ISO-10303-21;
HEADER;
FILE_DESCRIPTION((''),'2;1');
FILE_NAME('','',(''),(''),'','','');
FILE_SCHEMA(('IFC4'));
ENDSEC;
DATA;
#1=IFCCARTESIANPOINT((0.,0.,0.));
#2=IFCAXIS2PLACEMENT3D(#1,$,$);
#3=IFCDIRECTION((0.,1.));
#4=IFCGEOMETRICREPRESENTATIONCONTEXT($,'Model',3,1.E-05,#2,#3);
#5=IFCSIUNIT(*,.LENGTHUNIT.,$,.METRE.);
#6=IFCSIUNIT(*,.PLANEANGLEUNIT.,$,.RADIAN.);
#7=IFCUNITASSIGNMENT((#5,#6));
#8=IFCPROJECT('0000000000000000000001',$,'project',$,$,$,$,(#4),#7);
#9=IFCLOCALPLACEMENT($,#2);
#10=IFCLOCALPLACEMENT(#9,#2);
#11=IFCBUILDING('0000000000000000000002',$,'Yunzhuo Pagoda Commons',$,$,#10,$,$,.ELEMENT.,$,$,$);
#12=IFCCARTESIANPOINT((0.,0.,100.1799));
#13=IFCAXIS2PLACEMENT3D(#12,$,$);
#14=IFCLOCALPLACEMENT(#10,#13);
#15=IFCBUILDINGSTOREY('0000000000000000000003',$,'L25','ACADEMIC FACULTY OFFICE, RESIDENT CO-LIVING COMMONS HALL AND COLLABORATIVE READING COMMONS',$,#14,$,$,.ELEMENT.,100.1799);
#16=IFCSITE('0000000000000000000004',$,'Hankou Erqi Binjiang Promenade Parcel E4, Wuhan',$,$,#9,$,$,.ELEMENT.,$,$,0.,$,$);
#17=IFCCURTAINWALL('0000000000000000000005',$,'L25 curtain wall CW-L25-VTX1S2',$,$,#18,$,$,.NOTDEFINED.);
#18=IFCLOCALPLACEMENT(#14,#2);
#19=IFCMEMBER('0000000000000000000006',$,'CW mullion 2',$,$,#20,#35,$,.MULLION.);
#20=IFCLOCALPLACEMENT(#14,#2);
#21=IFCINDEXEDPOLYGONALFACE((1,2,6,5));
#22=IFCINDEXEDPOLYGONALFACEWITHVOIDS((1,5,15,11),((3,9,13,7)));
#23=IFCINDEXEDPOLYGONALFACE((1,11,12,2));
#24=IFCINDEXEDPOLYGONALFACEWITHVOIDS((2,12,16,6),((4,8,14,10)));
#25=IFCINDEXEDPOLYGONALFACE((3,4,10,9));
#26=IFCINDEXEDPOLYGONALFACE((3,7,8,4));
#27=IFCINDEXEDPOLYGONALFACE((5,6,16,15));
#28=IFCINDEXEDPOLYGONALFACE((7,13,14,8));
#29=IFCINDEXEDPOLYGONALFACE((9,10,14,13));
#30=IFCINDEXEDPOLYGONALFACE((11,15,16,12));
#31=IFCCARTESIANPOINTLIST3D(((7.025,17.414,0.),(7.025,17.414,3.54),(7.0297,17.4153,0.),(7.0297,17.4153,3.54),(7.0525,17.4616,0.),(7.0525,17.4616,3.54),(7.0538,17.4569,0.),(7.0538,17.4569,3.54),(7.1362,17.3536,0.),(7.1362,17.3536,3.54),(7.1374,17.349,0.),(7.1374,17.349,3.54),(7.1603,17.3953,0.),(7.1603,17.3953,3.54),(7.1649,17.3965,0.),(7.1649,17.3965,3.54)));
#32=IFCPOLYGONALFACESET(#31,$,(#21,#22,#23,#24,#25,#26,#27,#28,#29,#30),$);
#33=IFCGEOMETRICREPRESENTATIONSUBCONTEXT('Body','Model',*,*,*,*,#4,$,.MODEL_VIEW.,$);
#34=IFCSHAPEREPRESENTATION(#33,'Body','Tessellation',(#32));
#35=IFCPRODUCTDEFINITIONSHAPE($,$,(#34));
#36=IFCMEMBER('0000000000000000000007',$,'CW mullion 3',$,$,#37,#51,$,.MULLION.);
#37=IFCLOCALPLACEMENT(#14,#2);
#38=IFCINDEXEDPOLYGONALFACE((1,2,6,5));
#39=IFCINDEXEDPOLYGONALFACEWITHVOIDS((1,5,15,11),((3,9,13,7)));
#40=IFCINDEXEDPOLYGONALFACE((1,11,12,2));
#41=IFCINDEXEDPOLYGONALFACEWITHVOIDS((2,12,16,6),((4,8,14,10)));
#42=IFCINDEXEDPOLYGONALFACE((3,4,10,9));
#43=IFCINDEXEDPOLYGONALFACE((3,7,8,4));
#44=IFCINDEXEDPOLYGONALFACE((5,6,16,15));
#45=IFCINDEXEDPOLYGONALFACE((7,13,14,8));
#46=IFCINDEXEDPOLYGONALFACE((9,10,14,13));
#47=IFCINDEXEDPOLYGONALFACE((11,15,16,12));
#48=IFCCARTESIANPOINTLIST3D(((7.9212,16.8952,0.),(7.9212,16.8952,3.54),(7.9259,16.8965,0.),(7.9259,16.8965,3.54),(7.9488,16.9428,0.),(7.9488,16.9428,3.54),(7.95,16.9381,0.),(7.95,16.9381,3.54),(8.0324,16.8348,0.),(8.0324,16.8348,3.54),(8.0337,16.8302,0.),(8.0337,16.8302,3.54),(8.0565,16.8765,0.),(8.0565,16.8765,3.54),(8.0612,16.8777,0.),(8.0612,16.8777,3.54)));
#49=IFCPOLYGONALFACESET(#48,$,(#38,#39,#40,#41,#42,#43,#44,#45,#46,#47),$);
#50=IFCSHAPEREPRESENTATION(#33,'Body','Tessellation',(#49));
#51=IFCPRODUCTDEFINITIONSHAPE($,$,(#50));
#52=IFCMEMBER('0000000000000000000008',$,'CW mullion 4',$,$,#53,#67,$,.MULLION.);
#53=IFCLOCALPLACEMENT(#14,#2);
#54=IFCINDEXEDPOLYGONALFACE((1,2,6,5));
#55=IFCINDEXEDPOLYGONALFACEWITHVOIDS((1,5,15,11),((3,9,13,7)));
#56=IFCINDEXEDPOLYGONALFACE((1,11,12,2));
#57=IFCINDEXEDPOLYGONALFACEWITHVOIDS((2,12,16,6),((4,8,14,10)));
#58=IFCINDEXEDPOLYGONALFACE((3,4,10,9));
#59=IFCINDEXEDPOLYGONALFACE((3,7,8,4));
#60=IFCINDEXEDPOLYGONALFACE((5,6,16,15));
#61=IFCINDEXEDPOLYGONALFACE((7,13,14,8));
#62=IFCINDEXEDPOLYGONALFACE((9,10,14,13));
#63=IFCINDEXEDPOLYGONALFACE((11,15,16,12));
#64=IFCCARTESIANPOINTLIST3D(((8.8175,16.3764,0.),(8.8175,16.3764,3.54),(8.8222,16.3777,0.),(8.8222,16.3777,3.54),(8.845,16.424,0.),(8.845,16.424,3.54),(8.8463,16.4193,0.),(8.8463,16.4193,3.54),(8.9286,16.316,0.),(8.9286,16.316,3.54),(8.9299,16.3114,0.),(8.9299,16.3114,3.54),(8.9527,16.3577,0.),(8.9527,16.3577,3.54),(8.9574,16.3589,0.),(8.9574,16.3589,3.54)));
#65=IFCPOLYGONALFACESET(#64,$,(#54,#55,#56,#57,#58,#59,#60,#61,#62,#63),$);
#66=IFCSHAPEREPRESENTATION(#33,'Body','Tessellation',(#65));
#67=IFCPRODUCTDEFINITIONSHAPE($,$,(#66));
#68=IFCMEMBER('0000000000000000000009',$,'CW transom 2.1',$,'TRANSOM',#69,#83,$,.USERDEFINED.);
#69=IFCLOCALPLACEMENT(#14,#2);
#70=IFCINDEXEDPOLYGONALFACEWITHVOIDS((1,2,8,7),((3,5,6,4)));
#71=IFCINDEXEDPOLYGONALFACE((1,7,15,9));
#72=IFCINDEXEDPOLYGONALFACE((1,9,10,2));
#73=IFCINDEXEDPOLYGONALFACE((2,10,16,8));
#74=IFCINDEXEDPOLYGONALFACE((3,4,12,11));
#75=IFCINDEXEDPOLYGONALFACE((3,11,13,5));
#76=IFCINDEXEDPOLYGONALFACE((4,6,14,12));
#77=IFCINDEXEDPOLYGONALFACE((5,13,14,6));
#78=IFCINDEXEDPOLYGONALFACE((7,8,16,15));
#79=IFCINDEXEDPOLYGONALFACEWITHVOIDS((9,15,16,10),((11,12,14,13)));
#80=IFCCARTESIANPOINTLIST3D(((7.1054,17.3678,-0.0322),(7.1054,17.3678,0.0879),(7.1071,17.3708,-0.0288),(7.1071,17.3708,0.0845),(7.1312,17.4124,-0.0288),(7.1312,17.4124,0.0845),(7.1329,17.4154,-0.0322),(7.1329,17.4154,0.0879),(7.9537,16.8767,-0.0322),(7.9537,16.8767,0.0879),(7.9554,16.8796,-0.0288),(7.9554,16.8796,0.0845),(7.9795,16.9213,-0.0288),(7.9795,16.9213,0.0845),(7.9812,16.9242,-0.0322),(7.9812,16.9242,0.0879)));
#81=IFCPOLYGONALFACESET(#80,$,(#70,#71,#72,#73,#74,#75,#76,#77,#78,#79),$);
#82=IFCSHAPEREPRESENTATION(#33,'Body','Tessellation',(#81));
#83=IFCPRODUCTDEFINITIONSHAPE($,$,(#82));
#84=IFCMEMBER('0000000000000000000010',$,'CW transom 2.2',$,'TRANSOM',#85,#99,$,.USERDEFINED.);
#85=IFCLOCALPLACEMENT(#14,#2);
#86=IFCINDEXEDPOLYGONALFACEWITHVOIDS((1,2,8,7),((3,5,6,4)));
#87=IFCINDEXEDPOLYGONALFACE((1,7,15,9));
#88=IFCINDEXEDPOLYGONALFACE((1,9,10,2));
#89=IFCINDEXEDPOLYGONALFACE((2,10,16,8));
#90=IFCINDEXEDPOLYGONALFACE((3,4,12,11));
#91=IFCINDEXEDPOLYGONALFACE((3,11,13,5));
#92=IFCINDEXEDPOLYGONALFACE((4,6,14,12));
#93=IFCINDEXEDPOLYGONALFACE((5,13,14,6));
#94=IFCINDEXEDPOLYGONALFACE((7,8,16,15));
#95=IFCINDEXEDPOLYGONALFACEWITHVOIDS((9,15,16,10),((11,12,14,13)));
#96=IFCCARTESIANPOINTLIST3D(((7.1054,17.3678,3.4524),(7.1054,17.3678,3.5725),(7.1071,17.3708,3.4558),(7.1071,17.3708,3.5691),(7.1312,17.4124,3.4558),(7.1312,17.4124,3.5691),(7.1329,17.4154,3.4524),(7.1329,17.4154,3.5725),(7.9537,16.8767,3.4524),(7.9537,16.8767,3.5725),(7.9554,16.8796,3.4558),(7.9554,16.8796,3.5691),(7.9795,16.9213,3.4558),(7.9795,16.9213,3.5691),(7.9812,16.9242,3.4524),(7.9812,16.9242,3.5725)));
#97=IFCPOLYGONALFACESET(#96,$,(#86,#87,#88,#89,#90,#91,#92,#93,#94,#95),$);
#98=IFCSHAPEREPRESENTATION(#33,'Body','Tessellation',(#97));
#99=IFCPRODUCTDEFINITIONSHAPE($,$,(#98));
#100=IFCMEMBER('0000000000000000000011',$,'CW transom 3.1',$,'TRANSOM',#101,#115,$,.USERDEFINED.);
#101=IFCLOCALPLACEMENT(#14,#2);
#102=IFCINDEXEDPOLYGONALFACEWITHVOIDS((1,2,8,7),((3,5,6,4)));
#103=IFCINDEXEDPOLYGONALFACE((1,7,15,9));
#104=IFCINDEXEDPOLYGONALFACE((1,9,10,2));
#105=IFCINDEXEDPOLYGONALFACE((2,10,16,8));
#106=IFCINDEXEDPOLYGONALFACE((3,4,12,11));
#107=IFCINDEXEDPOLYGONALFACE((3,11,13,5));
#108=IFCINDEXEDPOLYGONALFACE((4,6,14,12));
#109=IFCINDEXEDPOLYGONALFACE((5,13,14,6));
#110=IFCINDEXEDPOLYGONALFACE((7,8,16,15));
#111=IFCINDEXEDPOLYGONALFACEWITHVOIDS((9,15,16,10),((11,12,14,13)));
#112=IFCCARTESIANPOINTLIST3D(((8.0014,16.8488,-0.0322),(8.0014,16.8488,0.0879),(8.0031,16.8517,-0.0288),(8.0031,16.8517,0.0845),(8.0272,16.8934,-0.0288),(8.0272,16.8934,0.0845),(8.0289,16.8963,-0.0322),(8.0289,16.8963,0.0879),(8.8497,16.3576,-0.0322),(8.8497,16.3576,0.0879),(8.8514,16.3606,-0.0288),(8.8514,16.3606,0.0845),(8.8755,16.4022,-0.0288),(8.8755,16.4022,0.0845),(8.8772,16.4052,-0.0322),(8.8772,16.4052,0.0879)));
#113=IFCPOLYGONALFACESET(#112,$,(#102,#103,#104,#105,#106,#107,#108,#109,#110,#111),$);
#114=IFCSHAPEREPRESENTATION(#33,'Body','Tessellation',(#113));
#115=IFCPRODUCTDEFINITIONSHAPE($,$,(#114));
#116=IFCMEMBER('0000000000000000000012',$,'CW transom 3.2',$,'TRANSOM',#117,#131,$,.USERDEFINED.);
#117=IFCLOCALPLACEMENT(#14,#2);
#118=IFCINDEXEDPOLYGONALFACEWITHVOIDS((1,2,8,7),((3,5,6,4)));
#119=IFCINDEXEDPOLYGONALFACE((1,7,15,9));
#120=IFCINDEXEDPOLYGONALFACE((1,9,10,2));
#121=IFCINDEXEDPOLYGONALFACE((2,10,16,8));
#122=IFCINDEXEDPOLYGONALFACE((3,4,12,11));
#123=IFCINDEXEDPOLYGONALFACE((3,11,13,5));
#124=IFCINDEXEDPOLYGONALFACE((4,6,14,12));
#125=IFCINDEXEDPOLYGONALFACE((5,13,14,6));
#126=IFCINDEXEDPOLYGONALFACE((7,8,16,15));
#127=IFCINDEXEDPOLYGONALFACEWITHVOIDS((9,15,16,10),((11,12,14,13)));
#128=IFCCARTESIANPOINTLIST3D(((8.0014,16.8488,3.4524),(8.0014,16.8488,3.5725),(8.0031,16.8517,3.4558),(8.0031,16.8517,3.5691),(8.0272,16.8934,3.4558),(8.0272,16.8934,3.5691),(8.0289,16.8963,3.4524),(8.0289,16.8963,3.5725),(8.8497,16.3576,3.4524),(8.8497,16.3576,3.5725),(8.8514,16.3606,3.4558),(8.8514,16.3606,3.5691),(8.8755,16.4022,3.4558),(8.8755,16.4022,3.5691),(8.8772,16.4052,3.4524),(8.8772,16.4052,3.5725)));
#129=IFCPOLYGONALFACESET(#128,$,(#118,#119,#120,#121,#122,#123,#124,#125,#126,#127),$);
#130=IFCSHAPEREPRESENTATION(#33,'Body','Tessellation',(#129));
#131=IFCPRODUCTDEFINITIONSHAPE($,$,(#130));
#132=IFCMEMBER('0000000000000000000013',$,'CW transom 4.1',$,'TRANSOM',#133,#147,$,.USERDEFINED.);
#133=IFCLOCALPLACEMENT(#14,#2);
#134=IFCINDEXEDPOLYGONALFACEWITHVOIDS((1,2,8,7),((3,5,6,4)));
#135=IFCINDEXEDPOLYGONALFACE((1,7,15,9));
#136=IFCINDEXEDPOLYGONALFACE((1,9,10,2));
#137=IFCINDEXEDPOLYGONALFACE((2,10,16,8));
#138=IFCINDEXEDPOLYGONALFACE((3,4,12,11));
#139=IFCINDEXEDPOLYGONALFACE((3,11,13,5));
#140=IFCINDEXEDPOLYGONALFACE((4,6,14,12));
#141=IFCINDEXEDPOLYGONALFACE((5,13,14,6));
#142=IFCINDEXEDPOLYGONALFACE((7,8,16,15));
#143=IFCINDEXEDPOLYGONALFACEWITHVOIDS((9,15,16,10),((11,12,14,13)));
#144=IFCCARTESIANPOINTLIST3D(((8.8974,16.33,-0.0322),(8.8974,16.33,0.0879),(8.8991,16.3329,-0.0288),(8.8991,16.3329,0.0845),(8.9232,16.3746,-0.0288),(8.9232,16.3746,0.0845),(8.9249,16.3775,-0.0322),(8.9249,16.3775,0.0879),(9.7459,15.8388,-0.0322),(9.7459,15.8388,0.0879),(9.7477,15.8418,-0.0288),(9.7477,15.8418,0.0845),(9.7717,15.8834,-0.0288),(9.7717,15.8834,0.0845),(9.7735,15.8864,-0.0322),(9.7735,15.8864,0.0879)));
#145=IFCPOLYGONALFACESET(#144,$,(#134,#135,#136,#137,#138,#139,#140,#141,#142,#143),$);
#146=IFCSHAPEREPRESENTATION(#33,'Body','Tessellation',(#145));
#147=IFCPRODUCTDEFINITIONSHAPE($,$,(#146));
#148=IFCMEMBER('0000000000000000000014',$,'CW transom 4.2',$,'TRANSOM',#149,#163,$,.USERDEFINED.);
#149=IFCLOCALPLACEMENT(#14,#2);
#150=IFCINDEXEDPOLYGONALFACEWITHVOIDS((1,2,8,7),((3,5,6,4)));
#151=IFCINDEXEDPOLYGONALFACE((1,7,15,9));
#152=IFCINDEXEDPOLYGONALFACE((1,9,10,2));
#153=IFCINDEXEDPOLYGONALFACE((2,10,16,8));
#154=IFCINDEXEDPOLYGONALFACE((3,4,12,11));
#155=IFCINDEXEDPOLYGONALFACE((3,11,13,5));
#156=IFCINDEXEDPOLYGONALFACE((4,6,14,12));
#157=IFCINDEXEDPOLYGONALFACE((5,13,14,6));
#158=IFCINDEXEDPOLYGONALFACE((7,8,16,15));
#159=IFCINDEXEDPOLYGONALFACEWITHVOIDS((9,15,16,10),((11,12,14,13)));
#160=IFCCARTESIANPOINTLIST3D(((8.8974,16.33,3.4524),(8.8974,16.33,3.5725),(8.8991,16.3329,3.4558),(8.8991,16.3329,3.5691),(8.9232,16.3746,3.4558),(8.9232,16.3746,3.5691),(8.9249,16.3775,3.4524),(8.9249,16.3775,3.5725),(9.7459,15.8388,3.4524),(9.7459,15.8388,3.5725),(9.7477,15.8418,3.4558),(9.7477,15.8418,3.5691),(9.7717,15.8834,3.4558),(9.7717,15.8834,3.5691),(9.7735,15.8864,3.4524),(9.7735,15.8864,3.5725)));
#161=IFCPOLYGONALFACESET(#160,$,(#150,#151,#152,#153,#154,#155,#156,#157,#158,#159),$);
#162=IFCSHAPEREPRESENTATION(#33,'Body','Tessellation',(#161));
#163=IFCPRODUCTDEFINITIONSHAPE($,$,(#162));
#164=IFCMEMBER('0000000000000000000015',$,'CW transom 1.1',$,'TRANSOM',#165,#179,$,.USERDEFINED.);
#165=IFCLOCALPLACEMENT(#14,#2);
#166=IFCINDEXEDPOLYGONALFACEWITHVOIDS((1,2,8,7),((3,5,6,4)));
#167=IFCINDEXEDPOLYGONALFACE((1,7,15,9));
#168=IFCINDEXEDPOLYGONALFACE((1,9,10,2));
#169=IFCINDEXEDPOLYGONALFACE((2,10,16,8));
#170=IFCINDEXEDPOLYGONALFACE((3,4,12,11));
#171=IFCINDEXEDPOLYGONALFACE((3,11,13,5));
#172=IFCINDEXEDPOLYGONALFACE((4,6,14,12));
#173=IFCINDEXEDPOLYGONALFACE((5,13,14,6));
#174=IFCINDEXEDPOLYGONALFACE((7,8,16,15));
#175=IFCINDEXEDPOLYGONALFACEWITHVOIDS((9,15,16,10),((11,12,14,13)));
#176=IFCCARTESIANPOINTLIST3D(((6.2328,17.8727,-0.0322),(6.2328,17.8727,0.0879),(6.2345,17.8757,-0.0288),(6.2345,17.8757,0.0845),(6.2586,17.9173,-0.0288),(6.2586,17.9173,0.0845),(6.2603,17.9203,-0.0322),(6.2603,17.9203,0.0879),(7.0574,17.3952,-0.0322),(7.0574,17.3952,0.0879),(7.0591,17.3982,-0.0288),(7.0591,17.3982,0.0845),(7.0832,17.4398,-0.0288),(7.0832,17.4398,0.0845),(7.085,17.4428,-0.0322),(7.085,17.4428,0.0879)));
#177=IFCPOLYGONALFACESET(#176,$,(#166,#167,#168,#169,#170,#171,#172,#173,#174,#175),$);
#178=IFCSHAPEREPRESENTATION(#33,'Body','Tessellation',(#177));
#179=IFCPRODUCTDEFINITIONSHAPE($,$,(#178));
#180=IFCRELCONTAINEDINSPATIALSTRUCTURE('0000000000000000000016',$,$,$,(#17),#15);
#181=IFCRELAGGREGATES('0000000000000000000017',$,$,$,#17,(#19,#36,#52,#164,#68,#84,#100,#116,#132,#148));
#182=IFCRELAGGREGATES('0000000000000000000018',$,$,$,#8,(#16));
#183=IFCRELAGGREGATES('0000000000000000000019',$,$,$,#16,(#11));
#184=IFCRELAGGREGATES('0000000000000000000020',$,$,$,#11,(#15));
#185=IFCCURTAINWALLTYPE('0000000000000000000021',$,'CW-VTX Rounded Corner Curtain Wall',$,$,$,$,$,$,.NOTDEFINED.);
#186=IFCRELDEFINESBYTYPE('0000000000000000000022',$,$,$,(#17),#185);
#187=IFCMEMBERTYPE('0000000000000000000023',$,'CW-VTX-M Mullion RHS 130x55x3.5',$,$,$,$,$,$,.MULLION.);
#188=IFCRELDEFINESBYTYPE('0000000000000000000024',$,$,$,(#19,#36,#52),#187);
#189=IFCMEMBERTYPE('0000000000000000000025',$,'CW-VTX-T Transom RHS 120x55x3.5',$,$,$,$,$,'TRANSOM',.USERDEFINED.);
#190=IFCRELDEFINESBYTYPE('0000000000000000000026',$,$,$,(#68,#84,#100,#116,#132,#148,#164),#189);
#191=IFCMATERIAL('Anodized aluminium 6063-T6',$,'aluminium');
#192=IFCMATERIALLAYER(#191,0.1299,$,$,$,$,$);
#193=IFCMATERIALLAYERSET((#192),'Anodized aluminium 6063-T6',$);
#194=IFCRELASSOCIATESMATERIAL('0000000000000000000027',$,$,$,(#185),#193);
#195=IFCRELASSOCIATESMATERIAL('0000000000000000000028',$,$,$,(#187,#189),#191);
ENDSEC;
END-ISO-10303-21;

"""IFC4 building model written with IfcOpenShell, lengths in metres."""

from ifc_helpers import new_model, si_unit, direction, frame, origin, origin_2d, place, context, subcontext, project, spatial, hollow_rectangle, extrude, source, transform, mapped, material, layer, layer_set, material_profile, profile_set, type_object, element, aggregate, save


model = new_model("IFC4")

# Units and contexts
model_context = context("Model", 3, precision=1e-05, world=origin(), true_north=direction((0.0, 1.0)))
body_context = subcontext(model_context, "Body", "Model", "MODEL_VIEW")
ifc_project = project(units=[si_unit("LENGTHUNIT", "METRE"), si_unit("PLANEANGLEUNIT", "RADIAN")], contexts=[model_context])

# Site, building, storey
site_placement = place(None, origin())
site = spatial("IfcSite", under=ifc_project, at=site_placement, Name="Hankou Erqi Binjiang Promenade Parcel E4, Wuhan", CompositionType="ELEMENT", RefElevation=0.0)
building_placement = place(site_placement, origin())
building = spatial("IfcBuilding", under=site, at=building_placement, Name="Yunzhuo Pagoda Commons", CompositionType="ELEMENT")
storey_placement = place(building_placement, frame((0.0, 0.0, 100.1799)))
storey = spatial("IfcBuildingStorey", under=building, at=storey_placement, Name="L25", Description="ACADEMIC FACULTY OFFICE, RESIDENT CO-LIVING COMMONS HALL AND COLLABORATIVE READING COMMONS", CompositionType="ELEMENT", Elevation=100.1799)

# Curtain wall, members
ifc_material_1 = material(Name="Anodized aluminium 6063-T6", Category="aluminium")
ifc_layer_1 = layer(ifc_material_1, 0.1299)
ifc_layer_set_1 = layer_set([ifc_layer_1], Name="Anodized aluminium 6063-T6")
curtain_wall_type = type_object("IfcCurtainWallType", Name="CW-VTX Rounded Corner Curtain Wall", PredefinedType="NOTDEFINED", material=ifc_layer_set_1)
curtain_wall_1_placement = place(storey_placement, origin())
curtain_wall_1 = element("IfcCurtainWall", 1, at=curtain_wall_1_placement, inside=storey, type_object=curtain_wall_type, Name="L25 curtain wall CW-L25-VTX1S2", PredefinedType="NOTDEFINED")
ifc_material_profile_1 = material_profile(ifc_material_1, hollow_rectangle(XDim=0.0549, YDim=0.1299, WallThickness=0.0034, at=origin_2d()), Name="Anodized aluminium 6063-T6")
ifc_profile_set_1 = profile_set([ifc_material_profile_1], Name="Anodized aluminium 6063-T6")
member_type_1 = type_object("IfcMemberType", Name="CW-VTX-M Mullion RHS 130x55x3.5", PredefinedType="MULLION", material=ifc_profile_set_1)
shared_shape_1 = source(origin(), body_context, "Body", "SweptSolid", [
    extrude(hollow_rectangle(XDim=0.0549, YDim=0.1299, WallThickness=0.0034, at=origin_2d()), origin(), (0.0, 0.0, 1.0), 3.54),
])
member_1_placement = place(storey_placement, frame((7.095, 17.4053, 0.0), z_axis=(0.0, 0.0, 1.0), x_axis=(0.501036, 0.865427, 0.0)))
member_1 = element("IfcMember", 2, at=member_1_placement, type_object=member_type_1, Name="CW mullion 2", PredefinedType="MULLION", context=body_context, shape_type="MappedRepresentation", body=[
    mapped(shared_shape_1, transform((0.0, 0.0, 0.0), scale=1.0)),
])
member_2_placement = place(storey_placement, frame((7.9912, 16.8865, 0.0), z_axis=(0.0, 0.0, 1.0), x_axis=(0.501036, 0.865427, 0.0)))
member_2 = element("IfcMember", 3, at=member_2_placement, type_object=member_type_1, Name="CW mullion 3", PredefinedType="MULLION", context=body_context, shape_type="MappedRepresentation", body=[
    mapped(shared_shape_1, transform((0.0, 0.0, 0.0), scale=1.0)),
])
member_3_placement = place(storey_placement, frame((8.8875, 16.3677, 0.0), z_axis=(0.0, 0.0, 1.0), x_axis=(0.501036, 0.865427, 0.0)))
member_3 = element("IfcMember", 4, at=member_3_placement, type_object=member_type_1, Name="CW mullion 4", PredefinedType="MULLION", context=body_context, shape_type="MappedRepresentation", body=[
    mapped(shared_shape_1, transform((0.0, 0.0, 0.0), scale=1.0)),
])
ifc_material_profile_2 = material_profile(ifc_material_1, hollow_rectangle(XDim=0.0549, YDim=0.1201, WallThickness=0.0034, at=origin_2d()), Name="Anodized aluminium 6063-T6")
ifc_profile_set_2 = profile_set([ifc_material_profile_2], Name="Anodized aluminium 6063-T6")
member_type_2 = type_object("IfcMemberType", Name="CW-VTX-T Transom RHS 120x55x3.5", ElementType="TRANSOM", PredefinedType="USERDEFINED", material=ifc_profile_set_2)
shared_shape_2 = source(origin(), body_context, "Body", "SweptSolid", [
    extrude(hollow_rectangle(XDim=0.0549, YDim=0.1201, WallThickness=0.0034, at=origin_2d()), origin(), (0.0, 0.0, 1.0), 0.9802),
])
member_4_placement = place(storey_placement, frame((7.1191, 17.3916, 0.0278), z_axis=(0.865409, -0.501066, 0.0), x_axis=(0.501066, 0.865409, 0.0)))
member_4 = element("IfcMember", 5, at=member_4_placement, type_object=member_type_2, Name="CW transom 2.1", ObjectType="TRANSOM", PredefinedType="USERDEFINED", context=body_context, shape_type="MappedRepresentation", body=[
    mapped(shared_shape_2, transform((0.0, 0.0, 0.0), scale=1.0)),
])
member_5_placement = place(storey_placement, frame((7.1191, 17.3916, 3.5125), z_axis=(0.865409, -0.501066, 0.0), x_axis=(0.501066, 0.865409, 0.0)))
member_5 = element("IfcMember", 6, at=member_5_placement, type_object=member_type_2, Name="CW transom 2.2", ObjectType="TRANSOM", PredefinedType="USERDEFINED", context=body_context, shape_type="MappedRepresentation", body=[
    mapped(shared_shape_2, transform((0.0, 0.0, 0.0), scale=1.0)),
])
member_6_placement = place(storey_placement, frame((8.0151, 16.8726, 0.0278), z_axis=(0.865409, -0.501066, 0.0), x_axis=(0.501066, 0.865409, 0.0)))
member_6 = element("IfcMember", 7, at=member_6_placement, type_object=member_type_2, Name="CW transom 3.1", ObjectType="TRANSOM", PredefinedType="USERDEFINED", context=body_context, shape_type="MappedRepresentation", body=[
    mapped(shared_shape_2, transform((0.0, 0.0, 0.0), scale=1.0)),
])
member_7_placement = place(storey_placement, frame((8.0151, 16.8726, 3.5125), z_axis=(0.865409, -0.501066, 0.0), x_axis=(0.501066, 0.865409, 0.0)))
member_7 = element("IfcMember", 8, at=member_7_placement, type_object=member_type_2, Name="CW transom 3.2", ObjectType="TRANSOM", PredefinedType="USERDEFINED", context=body_context, shape_type="MappedRepresentation", body=[
    mapped(shared_shape_2, transform((0.0, 0.0, 0.0), scale=1.0)),
])
shared_shape_3 = source(origin(), body_context, "Body", "SweptSolid", [
    extrude(hollow_rectangle(XDim=0.0549, YDim=0.1201, WallThickness=0.0034, at=origin_2d()), origin(), (0.0, 0.0, 1.0), 0.9805),
])
member_8_placement = place(storey_placement, frame((8.9111, 16.3538, 0.0278), z_axis=(0.865472, -0.500958, 0.0), x_axis=(0.500958, 0.865472, 0.0)))
member_8 = element("IfcMember", 9, at=member_8_placement, type_object=member_type_2, Name="CW transom 4.1", ObjectType="TRANSOM", PredefinedType="USERDEFINED", context=body_context, shape_type="MappedRepresentation", body=[
    mapped(shared_shape_3, transform((0.0, 0.0, 0.0), scale=1.0)),
])
member_9_placement = place(storey_placement, frame((8.9111, 16.3538, 3.5125), z_axis=(0.865472, -0.500958, 0.0), x_axis=(0.500958, 0.865472, 0.0)))
member_9 = element("IfcMember", 10, at=member_9_placement, type_object=member_type_2, Name="CW transom 4.2", ObjectType="TRANSOM", PredefinedType="USERDEFINED", context=body_context, shape_type="MappedRepresentation", body=[
    mapped(shared_shape_3, transform((0.0, 0.0, 0.0), scale=1.0)),
])
shared_shape_4 = source(origin(), body_context, "Body", "SweptSolid", [
    extrude(hollow_rectangle(XDim=0.0549, YDim=0.1201, WallThickness=0.0034, at=origin_2d()), origin(), (0.0, 0.0, 1.0), 0.9529),
])
member_10_placement = place(storey_placement, frame((6.2466, 17.8965, 0.0278), z_axis=(0.865391, -0.501097, 0.0), x_axis=(0.501097, 0.865391, 0.0)))
member_10 = element("IfcMember", 11, at=member_10_placement, type_object=member_type_2, Name="CW transom 1.1", ObjectType="TRANSOM", PredefinedType="USERDEFINED", context=body_context, shape_type="MappedRepresentation", body=[
    mapped(shared_shape_4, transform((0.0, 0.0, 0.0), scale=1.0)),
])

aggregate(curtain_wall_1, [member_1, member_2, member_3, member_10, member_4, member_5, member_6, member_7, member_8, member_9])

save(model, "model.ifc")
